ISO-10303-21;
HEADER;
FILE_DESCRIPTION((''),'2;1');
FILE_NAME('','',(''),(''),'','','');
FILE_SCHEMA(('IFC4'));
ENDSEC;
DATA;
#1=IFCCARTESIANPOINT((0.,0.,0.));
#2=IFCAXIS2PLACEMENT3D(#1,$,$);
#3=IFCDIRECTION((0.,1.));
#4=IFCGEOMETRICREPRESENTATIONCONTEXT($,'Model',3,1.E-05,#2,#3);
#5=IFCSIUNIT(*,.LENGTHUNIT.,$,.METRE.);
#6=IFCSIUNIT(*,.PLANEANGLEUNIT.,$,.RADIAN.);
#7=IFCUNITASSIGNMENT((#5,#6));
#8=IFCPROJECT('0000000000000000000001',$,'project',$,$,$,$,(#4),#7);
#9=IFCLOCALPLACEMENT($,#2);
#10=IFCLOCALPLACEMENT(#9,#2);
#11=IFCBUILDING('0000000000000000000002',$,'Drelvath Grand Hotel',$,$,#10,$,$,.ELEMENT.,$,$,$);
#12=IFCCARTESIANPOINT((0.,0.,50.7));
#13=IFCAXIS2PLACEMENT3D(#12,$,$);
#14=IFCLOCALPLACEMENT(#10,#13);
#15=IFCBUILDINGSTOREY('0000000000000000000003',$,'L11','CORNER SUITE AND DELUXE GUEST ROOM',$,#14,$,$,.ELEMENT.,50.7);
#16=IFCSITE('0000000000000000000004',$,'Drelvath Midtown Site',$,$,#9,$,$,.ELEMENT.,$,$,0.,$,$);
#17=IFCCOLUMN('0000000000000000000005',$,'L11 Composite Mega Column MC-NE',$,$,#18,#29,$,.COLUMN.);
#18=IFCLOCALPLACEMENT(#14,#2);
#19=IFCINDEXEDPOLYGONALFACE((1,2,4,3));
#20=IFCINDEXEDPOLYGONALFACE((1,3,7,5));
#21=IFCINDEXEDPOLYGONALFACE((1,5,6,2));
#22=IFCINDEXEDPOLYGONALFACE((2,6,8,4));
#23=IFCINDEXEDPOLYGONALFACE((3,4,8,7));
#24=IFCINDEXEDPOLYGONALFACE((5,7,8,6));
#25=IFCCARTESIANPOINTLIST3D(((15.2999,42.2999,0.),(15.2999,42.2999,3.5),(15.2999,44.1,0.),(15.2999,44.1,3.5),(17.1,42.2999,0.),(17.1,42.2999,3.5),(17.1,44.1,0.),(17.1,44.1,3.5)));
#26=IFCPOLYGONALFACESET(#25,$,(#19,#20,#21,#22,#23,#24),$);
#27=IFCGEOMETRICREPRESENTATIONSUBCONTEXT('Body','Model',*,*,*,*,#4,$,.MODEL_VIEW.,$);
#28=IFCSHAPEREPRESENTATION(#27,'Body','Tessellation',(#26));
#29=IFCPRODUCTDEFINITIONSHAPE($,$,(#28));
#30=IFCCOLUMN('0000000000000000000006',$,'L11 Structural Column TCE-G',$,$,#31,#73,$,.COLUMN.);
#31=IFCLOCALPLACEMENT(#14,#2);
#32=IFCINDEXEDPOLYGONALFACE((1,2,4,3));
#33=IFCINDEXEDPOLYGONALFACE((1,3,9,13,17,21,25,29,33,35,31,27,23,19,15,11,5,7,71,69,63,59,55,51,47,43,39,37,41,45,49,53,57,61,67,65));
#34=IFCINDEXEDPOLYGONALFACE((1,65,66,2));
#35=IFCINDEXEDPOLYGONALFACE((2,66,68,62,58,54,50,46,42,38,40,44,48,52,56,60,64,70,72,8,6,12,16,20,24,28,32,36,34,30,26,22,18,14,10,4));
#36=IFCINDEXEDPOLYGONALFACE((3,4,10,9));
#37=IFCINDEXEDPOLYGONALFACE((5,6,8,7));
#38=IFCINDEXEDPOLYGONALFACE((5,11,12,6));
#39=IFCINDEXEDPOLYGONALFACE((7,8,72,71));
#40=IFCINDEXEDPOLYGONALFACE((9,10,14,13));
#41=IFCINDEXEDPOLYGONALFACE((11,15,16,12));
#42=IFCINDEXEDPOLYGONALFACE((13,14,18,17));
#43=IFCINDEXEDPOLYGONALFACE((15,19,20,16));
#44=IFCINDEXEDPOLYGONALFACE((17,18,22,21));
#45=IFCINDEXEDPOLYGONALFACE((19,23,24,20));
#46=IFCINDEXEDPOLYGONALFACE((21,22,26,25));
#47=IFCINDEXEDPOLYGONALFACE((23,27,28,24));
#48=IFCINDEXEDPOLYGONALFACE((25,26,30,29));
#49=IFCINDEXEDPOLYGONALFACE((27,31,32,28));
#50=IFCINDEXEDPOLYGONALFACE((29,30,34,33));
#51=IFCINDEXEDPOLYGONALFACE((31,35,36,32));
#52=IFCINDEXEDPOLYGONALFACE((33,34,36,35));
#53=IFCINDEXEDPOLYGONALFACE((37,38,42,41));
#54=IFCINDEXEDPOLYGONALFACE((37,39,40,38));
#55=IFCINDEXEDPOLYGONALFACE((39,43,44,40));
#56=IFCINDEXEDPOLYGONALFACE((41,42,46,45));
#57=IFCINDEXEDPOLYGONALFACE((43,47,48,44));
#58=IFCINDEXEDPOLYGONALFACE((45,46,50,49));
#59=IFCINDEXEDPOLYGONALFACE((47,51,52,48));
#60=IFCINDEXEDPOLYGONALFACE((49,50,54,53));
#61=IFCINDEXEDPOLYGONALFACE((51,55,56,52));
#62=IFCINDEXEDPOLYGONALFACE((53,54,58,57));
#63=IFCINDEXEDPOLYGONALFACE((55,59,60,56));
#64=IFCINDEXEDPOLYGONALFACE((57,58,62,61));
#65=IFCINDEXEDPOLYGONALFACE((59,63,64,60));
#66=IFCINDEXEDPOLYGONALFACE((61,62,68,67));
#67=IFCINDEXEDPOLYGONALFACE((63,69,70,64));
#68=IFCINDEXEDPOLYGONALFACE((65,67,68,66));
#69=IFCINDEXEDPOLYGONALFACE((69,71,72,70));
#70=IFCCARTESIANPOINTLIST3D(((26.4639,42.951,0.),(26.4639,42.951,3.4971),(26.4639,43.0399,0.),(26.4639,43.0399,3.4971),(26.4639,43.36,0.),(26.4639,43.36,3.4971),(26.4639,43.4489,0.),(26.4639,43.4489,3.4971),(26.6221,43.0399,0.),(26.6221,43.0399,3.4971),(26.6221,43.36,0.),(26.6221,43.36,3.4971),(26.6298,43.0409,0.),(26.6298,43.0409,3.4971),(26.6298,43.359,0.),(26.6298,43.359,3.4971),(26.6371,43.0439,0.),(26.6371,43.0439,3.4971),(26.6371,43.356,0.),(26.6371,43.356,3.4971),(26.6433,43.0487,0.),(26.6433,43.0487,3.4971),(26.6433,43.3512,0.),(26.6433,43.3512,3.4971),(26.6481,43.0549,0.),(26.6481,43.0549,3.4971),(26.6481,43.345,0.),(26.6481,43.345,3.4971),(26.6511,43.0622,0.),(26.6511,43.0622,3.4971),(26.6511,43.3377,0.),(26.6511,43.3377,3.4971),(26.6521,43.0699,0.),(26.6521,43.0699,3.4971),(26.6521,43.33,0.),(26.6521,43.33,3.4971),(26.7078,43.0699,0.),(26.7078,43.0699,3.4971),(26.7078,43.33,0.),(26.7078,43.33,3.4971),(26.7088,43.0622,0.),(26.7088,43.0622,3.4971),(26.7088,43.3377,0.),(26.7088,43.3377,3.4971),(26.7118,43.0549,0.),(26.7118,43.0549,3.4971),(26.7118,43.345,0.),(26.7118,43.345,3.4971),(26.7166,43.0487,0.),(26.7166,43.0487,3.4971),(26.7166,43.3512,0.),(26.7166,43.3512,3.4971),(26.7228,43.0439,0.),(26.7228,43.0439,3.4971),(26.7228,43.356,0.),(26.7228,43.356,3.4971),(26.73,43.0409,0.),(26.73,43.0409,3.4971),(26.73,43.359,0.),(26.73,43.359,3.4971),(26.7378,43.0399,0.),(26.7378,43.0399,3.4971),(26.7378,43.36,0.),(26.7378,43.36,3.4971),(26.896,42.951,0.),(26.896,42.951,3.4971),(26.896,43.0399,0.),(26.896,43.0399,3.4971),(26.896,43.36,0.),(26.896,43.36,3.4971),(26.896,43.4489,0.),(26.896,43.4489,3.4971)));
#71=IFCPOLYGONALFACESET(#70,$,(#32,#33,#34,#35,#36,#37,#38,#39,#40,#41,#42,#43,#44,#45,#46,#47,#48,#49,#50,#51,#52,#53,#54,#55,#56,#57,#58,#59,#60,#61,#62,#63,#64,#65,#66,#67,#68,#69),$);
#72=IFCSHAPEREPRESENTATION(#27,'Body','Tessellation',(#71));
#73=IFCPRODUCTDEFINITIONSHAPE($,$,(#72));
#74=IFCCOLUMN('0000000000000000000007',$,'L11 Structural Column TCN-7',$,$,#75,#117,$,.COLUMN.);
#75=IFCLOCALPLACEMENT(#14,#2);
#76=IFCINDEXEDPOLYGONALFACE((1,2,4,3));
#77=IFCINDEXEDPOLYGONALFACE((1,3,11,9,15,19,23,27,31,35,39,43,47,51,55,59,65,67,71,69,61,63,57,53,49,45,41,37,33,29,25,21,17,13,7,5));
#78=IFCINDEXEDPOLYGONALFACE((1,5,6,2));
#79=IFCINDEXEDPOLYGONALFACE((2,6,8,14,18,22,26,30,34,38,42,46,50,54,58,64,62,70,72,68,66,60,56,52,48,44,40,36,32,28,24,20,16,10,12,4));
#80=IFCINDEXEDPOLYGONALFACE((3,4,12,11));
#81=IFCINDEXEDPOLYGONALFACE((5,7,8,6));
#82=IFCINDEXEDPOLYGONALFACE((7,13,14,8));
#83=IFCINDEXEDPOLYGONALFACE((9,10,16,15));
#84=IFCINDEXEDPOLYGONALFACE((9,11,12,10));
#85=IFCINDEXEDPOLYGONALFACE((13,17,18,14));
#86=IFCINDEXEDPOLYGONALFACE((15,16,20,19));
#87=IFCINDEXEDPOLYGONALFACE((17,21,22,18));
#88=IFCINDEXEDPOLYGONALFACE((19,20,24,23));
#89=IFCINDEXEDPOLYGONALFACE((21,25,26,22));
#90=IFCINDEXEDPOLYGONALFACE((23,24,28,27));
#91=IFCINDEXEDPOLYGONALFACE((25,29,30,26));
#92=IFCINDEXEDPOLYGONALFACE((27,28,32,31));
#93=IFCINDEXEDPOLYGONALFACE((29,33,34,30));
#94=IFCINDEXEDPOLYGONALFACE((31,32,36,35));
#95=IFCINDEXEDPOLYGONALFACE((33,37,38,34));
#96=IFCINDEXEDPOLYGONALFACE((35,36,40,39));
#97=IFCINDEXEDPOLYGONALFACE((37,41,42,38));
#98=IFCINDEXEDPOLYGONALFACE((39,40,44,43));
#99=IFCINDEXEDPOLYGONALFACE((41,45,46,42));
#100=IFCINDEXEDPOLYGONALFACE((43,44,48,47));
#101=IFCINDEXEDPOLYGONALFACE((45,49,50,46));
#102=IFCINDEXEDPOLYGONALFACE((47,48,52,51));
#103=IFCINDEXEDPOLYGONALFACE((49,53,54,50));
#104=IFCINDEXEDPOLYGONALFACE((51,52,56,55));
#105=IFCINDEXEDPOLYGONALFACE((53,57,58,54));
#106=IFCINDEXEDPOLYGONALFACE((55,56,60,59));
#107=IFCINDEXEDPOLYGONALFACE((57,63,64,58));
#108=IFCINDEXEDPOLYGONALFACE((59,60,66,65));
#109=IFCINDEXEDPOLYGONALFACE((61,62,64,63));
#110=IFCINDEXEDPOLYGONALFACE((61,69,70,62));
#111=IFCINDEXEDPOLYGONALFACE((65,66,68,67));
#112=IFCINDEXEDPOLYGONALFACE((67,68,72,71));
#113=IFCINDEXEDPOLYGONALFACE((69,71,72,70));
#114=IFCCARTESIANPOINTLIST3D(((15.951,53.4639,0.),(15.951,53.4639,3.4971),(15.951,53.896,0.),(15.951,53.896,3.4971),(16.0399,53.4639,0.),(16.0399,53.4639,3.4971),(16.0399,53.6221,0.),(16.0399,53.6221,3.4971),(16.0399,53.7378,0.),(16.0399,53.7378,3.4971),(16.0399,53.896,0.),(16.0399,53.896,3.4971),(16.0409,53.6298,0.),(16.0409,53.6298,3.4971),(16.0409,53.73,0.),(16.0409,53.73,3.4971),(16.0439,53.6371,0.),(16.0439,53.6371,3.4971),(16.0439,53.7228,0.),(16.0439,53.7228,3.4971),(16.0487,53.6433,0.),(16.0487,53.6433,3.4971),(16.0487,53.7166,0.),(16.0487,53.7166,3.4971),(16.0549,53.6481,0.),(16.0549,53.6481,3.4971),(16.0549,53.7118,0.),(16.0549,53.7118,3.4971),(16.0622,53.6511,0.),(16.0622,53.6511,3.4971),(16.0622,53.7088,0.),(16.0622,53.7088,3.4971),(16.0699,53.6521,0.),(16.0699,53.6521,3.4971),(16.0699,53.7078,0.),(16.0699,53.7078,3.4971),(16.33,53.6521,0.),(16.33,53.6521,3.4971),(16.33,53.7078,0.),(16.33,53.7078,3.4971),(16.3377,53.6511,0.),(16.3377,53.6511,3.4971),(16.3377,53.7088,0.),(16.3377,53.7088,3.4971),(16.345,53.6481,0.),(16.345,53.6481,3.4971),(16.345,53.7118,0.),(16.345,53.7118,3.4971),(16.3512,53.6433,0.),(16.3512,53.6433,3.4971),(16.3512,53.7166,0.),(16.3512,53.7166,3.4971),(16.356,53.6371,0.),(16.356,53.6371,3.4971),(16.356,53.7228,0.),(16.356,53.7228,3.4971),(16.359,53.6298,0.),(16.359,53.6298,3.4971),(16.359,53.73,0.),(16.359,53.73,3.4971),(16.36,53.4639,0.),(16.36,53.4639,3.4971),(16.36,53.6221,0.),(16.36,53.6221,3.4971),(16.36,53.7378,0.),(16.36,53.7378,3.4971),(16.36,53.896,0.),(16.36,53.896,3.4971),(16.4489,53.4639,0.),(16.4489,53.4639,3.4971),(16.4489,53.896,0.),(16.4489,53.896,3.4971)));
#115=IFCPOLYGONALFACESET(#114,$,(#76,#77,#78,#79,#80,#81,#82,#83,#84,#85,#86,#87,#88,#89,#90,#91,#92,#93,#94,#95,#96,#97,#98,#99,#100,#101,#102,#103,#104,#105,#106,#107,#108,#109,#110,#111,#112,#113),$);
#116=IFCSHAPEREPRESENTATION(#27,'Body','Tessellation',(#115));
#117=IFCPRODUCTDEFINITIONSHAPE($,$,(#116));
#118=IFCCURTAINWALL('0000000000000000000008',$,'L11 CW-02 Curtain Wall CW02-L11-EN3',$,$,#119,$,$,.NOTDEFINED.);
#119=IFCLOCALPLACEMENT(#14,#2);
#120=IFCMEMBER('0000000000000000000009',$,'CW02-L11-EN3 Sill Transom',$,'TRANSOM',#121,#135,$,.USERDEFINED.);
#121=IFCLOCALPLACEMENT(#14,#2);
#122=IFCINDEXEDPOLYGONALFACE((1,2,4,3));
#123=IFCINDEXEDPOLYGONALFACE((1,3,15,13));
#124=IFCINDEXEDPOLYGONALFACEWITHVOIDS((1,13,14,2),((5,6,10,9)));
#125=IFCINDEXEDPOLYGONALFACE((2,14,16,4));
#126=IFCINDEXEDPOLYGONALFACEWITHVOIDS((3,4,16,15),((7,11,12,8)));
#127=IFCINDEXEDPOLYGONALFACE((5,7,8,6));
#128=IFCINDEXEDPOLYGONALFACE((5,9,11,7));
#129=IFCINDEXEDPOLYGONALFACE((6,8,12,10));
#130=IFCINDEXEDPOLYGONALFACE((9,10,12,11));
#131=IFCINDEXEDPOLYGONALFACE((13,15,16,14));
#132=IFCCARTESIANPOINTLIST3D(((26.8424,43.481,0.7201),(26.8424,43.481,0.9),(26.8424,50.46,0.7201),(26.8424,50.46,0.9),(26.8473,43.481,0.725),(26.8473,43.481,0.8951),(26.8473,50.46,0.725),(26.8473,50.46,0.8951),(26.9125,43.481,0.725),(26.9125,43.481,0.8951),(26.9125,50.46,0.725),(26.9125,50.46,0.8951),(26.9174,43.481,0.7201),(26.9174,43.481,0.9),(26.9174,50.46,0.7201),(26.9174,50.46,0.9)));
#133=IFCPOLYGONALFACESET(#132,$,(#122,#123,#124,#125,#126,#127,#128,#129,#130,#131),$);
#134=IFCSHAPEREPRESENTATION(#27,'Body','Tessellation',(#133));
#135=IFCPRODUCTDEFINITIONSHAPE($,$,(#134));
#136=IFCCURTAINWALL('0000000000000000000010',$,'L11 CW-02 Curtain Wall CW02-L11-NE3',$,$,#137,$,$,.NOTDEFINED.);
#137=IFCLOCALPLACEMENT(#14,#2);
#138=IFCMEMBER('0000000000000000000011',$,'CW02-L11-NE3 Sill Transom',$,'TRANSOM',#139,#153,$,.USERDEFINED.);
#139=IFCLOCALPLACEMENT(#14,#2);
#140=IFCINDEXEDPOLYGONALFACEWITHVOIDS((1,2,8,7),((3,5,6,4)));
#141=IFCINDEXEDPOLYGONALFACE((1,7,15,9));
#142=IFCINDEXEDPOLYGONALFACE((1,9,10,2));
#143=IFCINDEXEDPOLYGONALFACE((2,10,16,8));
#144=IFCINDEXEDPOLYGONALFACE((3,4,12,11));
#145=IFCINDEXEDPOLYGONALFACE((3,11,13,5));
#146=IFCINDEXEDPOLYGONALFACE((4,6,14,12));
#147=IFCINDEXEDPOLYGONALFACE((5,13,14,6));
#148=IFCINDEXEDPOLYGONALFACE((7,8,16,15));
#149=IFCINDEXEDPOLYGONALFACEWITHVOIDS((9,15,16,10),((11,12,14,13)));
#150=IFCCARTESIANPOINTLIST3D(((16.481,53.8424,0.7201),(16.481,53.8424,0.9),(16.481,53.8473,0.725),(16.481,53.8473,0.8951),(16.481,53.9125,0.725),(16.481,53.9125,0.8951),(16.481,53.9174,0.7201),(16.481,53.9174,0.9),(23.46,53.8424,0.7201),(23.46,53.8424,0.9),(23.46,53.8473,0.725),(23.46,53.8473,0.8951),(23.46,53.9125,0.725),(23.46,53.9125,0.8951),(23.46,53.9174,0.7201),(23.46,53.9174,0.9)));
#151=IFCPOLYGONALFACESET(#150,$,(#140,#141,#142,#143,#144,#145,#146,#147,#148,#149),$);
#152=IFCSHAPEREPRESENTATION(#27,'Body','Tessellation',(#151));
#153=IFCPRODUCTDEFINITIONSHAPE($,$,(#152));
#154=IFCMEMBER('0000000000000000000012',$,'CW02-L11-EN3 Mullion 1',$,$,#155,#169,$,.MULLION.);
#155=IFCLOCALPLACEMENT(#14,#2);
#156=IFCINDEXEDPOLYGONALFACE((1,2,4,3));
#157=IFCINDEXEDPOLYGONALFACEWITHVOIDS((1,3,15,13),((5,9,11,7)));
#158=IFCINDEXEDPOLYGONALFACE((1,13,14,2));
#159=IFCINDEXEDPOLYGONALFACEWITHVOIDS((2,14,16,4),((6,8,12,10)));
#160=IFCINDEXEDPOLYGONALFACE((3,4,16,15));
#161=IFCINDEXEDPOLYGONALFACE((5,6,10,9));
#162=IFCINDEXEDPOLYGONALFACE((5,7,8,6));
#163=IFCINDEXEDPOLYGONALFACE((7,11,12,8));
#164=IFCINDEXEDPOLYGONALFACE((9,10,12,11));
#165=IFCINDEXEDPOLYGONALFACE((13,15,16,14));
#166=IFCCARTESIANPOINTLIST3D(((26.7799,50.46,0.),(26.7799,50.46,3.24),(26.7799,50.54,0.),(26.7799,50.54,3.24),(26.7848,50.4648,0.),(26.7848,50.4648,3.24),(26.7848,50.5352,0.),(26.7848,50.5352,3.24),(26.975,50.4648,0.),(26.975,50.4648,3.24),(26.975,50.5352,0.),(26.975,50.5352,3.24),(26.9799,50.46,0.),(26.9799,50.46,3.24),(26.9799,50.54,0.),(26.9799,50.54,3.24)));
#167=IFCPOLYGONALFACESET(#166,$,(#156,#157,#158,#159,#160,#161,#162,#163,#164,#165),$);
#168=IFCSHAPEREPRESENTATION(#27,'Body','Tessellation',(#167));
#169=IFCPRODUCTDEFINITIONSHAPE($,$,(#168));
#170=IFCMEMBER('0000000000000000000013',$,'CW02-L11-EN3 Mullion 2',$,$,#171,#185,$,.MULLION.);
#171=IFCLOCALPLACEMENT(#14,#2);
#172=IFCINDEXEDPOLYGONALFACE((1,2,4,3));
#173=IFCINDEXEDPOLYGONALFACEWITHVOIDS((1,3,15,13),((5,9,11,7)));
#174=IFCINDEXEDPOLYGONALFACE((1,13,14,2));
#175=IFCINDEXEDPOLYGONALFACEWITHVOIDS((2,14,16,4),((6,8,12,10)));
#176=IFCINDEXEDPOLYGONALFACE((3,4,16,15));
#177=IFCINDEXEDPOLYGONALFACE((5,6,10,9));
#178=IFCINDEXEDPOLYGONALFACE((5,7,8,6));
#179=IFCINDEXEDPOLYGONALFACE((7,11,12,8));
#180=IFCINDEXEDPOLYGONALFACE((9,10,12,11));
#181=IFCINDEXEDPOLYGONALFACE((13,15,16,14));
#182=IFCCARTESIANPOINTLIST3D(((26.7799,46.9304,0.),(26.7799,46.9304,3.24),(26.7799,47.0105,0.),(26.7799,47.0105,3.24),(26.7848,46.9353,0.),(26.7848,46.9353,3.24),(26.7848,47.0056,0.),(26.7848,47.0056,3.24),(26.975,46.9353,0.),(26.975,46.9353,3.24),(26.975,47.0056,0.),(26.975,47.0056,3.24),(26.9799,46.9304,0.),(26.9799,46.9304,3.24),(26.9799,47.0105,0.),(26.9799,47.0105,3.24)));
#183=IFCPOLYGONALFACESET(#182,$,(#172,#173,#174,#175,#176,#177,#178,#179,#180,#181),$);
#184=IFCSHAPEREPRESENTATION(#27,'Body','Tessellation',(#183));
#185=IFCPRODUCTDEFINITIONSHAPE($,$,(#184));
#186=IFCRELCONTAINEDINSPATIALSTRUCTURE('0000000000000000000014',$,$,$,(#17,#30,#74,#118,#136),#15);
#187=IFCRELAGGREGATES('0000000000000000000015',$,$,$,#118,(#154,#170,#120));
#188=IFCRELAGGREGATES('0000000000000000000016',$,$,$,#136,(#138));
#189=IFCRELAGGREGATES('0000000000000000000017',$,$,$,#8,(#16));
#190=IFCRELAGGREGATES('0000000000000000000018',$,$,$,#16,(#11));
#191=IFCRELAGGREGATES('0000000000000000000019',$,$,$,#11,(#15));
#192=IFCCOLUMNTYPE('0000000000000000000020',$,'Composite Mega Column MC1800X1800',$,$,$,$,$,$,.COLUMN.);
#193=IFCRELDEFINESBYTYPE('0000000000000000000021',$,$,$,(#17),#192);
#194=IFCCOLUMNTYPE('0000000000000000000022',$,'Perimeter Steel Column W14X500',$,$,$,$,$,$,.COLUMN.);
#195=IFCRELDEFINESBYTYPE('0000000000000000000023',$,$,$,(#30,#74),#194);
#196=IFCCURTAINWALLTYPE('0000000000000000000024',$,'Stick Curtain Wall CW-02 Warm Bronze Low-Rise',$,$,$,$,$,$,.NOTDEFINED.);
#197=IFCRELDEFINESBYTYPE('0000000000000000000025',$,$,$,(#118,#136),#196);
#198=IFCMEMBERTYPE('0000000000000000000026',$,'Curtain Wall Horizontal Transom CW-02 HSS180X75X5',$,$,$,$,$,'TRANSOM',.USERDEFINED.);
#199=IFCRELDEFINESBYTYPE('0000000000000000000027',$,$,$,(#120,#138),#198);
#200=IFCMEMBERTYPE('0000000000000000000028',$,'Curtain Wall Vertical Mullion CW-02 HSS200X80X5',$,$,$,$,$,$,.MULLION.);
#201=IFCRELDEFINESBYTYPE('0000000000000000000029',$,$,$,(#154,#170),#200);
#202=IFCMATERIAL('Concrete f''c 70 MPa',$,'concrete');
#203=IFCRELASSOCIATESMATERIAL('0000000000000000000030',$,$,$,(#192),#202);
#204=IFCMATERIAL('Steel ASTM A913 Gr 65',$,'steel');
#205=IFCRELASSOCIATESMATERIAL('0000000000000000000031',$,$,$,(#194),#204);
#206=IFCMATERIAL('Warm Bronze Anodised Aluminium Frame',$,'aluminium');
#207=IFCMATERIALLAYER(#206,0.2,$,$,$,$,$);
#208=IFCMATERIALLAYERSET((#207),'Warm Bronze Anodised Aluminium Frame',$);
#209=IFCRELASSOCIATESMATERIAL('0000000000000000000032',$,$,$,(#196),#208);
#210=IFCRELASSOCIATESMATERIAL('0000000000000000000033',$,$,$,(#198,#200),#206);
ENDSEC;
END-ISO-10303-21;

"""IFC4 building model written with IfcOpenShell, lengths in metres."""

from ifc_helpers import new_model, si_unit, direction, frame, origin, origin_2d, place, context, subcontext, project, spatial, rectangle, hollow_rectangle, i_section, extrude, material, layer, layer_set, material_profile, profile_set, type_object, element, aggregate, save


model = new_model("IFC4")

# Units and contexts
model_context = context("Model", 3, precision=1e-05, world=origin(), true_north=direction((0.0, 1.0)))
body_context = subcontext(model_context, "Body", "Model", "MODEL_VIEW")
ifc_project = project(units=[si_unit("LENGTHUNIT", "METRE"), si_unit("PLANEANGLEUNIT", "RADIAN")], contexts=[model_context])

# Site, building, storey
site_placement = place(None, origin())
site = spatial("IfcSite", under=ifc_project, at=site_placement, Name="Drelvath Midtown Site", CompositionType="ELEMENT", RefElevation=0.0)
building_placement = place(site_placement, origin())
building = spatial("IfcBuilding", under=site, at=building_placement, Name="Drelvath Grand Hotel", CompositionType="ELEMENT")
storey_placement = place(building_placement, frame((0.0, 0.0, 50.7)))
storey = spatial("IfcBuildingStorey", under=building, at=storey_placement, Name="L11", Description="CORNER SUITE AND DELUXE GUEST ROOM", CompositionType="ELEMENT", Elevation=50.7)

# Columns
ifc_material_1 = material(Name="Concrete f'c 70 MPa", Category="concrete")
ifc_material_profile_1 = material_profile(ifc_material_1, rectangle(XDim=1.8, YDim=1.8, at=origin_2d()), Name="MC1800X1800")
ifc_profile_set_1 = profile_set([ifc_material_profile_1], Name="Concrete f'c 70 MPa")
column_type_1 = type_object("IfcColumnType", Name="Composite Mega Column MC1800X1800", PredefinedType="COLUMN", material=ifc_profile_set_1)
column_placement = place(storey_placement, frame((16.2, 43.2, 0.0), z_axis=(0.0, 0.0, 1.0), x_axis=(1.0, 0.0, 0.0)))
element("IfcColumn", 1, at=column_placement, inside=storey, type_object=column_type_1, Name="L11 Composite Mega Column MC-NE", PredefinedType="COLUMN", context=body_context, shape_type="SweptSolid", body=[
    extrude(rectangle(XDim=1.8, YDim=1.8, at=origin_2d()), origin(), (0.0, 0.0, 1.0), 3.5),
])
ifc_material_2 = material(Name="Steel ASTM A913 Gr 65", Category="steel")
ifc_material_profile_2 = material_profile(ifc_material_2, i_section(OverallWidth=0.4321, OverallDepth=0.4978, WebThickness=0.0557, FlangeThickness=0.0889, FilletRadius=0.03, at=origin_2d()), Name="W14X500")
ifc_profile_set_2 = profile_set([ifc_material_profile_2], Name="Steel ASTM A913 Gr 65")
column_type_2 = type_object("IfcColumnType", Name="Perimeter Steel Column W14X500", PredefinedType="COLUMN", material=ifc_profile_set_2)
for number, where, z_axis, x_axis, name in (
    (2, (26.6799, 43.2, 0.0), (0.0, 0.0, 1.0), (1.0, 0.0, 0.0), "L11 Structural Column TCE-G"),
    (3, (16.2, 53.6799, 0.0), (0.0, 0.0, 1.0), (0.0, 1.0, 0.0), "L11 Structural Column TCN-7"),
):
    element("IfcColumn", number, at=place(storey_placement, frame(where, z_axis=z_axis, x_axis=x_axis)), inside=storey, type_object=column_type_2, Name=name, PredefinedType="COLUMN", context=body_context, shape_type="SweptSolid", body=[
        extrude(i_section(OverallWidth=0.4321, OverallDepth=0.4978, WebThickness=0.0557, FlangeThickness=0.0889, FilletRadius=0.03, at=origin_2d()), origin(), (0.0, 0.0, 1.0), 3.4971),
    ])

# Curtain walls, members
ifc_material_3 = material(Name="Warm Bronze Anodised Aluminium Frame", Category="aluminium")
ifc_layer_1 = layer(ifc_material_3, 0.2)
ifc_layer_set_1 = layer_set([ifc_layer_1], Name="Warm Bronze Anodised Aluminium Frame")
curtain_wall_type = type_object("IfcCurtainWallType", Name="Stick Curtain Wall CW-02 Warm Bronze Low-Rise", PredefinedType="NOTDEFINED", material=ifc_layer_set_1)
curtain_wall_1_placement = place(storey_placement, origin())
curtain_wall_1 = element("IfcCurtainWall", 4, at=curtain_wall_1_placement, inside=storey, type_object=curtain_wall_type, Name="L11 CW-02 Curtain Wall CW02-L11-EN3", PredefinedType="NOTDEFINED")
ifc_material_profile_3 = material_profile(ifc_material_3, hollow_rectangle(XDim=0.075, YDim=0.1799, WallThickness=0.0049, at=origin_2d()), Name="HSS180X75X5")
ifc_profile_set_3 = profile_set([ifc_material_profile_3], Name="Warm Bronze Anodised Aluminium Frame")
member_type_1 = type_object("IfcMemberType", Name="Curtain Wall Horizontal Transom CW-02 HSS180X75X5", ElementType="TRANSOM", PredefinedType="USERDEFINED", material=ifc_profile_set_3)
member_1_placement = place(storey_placement, frame((26.8799, 50.46, 0.8101), z_axis=(0.0, -1.0, 0.0), x_axis=(1.0, 0.0, 0.0)))
member_1 = element("IfcMember", 5, at=member_1_placement, type_object=member_type_1, Name="CW02-L11-EN3 Sill Transom", ObjectType="TRANSOM", PredefinedType="USERDEFINED", context=body_context, shape_type="SweptSolid", body=[
    extrude(hollow_rectangle(XDim=0.075, YDim=0.1799, WallThickness=0.0049, at=origin_2d()), origin(), (0.0, 0.0, 1.0), 6.979),
])
curtain_wall_2_placement = place(storey_placement, origin())
curtain_wall_2 = element("IfcCurtainWall", 6, at=curtain_wall_2_placement, inside=storey, type_object=curtain_wall_type, Name="L11 CW-02 Curtain Wall CW02-L11-NE3", PredefinedType="NOTDEFINED")
member_2_placement = place(storey_placement, frame((16.481, 53.8799, 0.8101), z_axis=(1.0, 0.0, 0.0), x_axis=(0.0, 1.0, 0.0)))
member_2 = element("IfcMember", 7, at=member_2_placement, type_object=member_type_1, Name="CW02-L11-NE3 Sill Transom", ObjectType="TRANSOM", PredefinedType="USERDEFINED", context=body_context, shape_type="SweptSolid", body=[
    extrude(hollow_rectangle(XDim=0.075, YDim=0.1799, WallThickness=0.0049, at=origin_2d()), origin(), (0.0, 0.0, 1.0), 6.979),
])

# Members
ifc_material_profile_4 = material_profile(ifc_material_3, hollow_rectangle(XDim=0.0801, YDim=0.2, WallThickness=0.0049, at=origin_2d()), Name="HSS200X80X5")
ifc_profile_set_4 = profile_set([ifc_material_profile_4], Name="Warm Bronze Anodised Aluminium Frame")
member_type_2 = type_object("IfcMemberType", Name="Curtain Wall Vertical Mullion CW-02 HSS200X80X5", PredefinedType="MULLION", material=ifc_profile_set_4)
member_3_placement = place(storey_placement, frame((26.8799, 50.5, 0.0), z_axis=(0.0, 0.0, 1.0), x_axis=(0.0, 1.0, 0.0)))
member_3 = element("IfcMember", 8, at=member_3_placement, type_object=member_type_2, Name="CW02-L11-EN3 Mullion 1", PredefinedType="MULLION", context=body_context, shape_type="SweptSolid", body=[
    extrude(hollow_rectangle(XDim=0.0801, YDim=0.2, WallThickness=0.0049, at=origin_2d()), origin(), (0.0, 0.0, 1.0), 3.24),
])
member_4_placement = place(storey_placement, frame((26.8799, 46.9705, 0.0), z_axis=(0.0, 0.0, 1.0), x_axis=(0.0, 1.0, 0.0)))
member_4 = element("IfcMember", 9, at=member_4_placement, type_object=member_type_2, Name="CW02-L11-EN3 Mullion 2", PredefinedType="MULLION", context=body_context, shape_type="SweptSolid", body=[
    extrude(hollow_rectangle(XDim=0.0801, YDim=0.2, WallThickness=0.0049, at=origin_2d()), origin(), (0.0, 0.0, 1.0), 3.24),
])

aggregate(curtain_wall_1, [member_3, member_4, member_1])
aggregate(curtain_wall_2, [member_2])

save(model, "model.ifc")
